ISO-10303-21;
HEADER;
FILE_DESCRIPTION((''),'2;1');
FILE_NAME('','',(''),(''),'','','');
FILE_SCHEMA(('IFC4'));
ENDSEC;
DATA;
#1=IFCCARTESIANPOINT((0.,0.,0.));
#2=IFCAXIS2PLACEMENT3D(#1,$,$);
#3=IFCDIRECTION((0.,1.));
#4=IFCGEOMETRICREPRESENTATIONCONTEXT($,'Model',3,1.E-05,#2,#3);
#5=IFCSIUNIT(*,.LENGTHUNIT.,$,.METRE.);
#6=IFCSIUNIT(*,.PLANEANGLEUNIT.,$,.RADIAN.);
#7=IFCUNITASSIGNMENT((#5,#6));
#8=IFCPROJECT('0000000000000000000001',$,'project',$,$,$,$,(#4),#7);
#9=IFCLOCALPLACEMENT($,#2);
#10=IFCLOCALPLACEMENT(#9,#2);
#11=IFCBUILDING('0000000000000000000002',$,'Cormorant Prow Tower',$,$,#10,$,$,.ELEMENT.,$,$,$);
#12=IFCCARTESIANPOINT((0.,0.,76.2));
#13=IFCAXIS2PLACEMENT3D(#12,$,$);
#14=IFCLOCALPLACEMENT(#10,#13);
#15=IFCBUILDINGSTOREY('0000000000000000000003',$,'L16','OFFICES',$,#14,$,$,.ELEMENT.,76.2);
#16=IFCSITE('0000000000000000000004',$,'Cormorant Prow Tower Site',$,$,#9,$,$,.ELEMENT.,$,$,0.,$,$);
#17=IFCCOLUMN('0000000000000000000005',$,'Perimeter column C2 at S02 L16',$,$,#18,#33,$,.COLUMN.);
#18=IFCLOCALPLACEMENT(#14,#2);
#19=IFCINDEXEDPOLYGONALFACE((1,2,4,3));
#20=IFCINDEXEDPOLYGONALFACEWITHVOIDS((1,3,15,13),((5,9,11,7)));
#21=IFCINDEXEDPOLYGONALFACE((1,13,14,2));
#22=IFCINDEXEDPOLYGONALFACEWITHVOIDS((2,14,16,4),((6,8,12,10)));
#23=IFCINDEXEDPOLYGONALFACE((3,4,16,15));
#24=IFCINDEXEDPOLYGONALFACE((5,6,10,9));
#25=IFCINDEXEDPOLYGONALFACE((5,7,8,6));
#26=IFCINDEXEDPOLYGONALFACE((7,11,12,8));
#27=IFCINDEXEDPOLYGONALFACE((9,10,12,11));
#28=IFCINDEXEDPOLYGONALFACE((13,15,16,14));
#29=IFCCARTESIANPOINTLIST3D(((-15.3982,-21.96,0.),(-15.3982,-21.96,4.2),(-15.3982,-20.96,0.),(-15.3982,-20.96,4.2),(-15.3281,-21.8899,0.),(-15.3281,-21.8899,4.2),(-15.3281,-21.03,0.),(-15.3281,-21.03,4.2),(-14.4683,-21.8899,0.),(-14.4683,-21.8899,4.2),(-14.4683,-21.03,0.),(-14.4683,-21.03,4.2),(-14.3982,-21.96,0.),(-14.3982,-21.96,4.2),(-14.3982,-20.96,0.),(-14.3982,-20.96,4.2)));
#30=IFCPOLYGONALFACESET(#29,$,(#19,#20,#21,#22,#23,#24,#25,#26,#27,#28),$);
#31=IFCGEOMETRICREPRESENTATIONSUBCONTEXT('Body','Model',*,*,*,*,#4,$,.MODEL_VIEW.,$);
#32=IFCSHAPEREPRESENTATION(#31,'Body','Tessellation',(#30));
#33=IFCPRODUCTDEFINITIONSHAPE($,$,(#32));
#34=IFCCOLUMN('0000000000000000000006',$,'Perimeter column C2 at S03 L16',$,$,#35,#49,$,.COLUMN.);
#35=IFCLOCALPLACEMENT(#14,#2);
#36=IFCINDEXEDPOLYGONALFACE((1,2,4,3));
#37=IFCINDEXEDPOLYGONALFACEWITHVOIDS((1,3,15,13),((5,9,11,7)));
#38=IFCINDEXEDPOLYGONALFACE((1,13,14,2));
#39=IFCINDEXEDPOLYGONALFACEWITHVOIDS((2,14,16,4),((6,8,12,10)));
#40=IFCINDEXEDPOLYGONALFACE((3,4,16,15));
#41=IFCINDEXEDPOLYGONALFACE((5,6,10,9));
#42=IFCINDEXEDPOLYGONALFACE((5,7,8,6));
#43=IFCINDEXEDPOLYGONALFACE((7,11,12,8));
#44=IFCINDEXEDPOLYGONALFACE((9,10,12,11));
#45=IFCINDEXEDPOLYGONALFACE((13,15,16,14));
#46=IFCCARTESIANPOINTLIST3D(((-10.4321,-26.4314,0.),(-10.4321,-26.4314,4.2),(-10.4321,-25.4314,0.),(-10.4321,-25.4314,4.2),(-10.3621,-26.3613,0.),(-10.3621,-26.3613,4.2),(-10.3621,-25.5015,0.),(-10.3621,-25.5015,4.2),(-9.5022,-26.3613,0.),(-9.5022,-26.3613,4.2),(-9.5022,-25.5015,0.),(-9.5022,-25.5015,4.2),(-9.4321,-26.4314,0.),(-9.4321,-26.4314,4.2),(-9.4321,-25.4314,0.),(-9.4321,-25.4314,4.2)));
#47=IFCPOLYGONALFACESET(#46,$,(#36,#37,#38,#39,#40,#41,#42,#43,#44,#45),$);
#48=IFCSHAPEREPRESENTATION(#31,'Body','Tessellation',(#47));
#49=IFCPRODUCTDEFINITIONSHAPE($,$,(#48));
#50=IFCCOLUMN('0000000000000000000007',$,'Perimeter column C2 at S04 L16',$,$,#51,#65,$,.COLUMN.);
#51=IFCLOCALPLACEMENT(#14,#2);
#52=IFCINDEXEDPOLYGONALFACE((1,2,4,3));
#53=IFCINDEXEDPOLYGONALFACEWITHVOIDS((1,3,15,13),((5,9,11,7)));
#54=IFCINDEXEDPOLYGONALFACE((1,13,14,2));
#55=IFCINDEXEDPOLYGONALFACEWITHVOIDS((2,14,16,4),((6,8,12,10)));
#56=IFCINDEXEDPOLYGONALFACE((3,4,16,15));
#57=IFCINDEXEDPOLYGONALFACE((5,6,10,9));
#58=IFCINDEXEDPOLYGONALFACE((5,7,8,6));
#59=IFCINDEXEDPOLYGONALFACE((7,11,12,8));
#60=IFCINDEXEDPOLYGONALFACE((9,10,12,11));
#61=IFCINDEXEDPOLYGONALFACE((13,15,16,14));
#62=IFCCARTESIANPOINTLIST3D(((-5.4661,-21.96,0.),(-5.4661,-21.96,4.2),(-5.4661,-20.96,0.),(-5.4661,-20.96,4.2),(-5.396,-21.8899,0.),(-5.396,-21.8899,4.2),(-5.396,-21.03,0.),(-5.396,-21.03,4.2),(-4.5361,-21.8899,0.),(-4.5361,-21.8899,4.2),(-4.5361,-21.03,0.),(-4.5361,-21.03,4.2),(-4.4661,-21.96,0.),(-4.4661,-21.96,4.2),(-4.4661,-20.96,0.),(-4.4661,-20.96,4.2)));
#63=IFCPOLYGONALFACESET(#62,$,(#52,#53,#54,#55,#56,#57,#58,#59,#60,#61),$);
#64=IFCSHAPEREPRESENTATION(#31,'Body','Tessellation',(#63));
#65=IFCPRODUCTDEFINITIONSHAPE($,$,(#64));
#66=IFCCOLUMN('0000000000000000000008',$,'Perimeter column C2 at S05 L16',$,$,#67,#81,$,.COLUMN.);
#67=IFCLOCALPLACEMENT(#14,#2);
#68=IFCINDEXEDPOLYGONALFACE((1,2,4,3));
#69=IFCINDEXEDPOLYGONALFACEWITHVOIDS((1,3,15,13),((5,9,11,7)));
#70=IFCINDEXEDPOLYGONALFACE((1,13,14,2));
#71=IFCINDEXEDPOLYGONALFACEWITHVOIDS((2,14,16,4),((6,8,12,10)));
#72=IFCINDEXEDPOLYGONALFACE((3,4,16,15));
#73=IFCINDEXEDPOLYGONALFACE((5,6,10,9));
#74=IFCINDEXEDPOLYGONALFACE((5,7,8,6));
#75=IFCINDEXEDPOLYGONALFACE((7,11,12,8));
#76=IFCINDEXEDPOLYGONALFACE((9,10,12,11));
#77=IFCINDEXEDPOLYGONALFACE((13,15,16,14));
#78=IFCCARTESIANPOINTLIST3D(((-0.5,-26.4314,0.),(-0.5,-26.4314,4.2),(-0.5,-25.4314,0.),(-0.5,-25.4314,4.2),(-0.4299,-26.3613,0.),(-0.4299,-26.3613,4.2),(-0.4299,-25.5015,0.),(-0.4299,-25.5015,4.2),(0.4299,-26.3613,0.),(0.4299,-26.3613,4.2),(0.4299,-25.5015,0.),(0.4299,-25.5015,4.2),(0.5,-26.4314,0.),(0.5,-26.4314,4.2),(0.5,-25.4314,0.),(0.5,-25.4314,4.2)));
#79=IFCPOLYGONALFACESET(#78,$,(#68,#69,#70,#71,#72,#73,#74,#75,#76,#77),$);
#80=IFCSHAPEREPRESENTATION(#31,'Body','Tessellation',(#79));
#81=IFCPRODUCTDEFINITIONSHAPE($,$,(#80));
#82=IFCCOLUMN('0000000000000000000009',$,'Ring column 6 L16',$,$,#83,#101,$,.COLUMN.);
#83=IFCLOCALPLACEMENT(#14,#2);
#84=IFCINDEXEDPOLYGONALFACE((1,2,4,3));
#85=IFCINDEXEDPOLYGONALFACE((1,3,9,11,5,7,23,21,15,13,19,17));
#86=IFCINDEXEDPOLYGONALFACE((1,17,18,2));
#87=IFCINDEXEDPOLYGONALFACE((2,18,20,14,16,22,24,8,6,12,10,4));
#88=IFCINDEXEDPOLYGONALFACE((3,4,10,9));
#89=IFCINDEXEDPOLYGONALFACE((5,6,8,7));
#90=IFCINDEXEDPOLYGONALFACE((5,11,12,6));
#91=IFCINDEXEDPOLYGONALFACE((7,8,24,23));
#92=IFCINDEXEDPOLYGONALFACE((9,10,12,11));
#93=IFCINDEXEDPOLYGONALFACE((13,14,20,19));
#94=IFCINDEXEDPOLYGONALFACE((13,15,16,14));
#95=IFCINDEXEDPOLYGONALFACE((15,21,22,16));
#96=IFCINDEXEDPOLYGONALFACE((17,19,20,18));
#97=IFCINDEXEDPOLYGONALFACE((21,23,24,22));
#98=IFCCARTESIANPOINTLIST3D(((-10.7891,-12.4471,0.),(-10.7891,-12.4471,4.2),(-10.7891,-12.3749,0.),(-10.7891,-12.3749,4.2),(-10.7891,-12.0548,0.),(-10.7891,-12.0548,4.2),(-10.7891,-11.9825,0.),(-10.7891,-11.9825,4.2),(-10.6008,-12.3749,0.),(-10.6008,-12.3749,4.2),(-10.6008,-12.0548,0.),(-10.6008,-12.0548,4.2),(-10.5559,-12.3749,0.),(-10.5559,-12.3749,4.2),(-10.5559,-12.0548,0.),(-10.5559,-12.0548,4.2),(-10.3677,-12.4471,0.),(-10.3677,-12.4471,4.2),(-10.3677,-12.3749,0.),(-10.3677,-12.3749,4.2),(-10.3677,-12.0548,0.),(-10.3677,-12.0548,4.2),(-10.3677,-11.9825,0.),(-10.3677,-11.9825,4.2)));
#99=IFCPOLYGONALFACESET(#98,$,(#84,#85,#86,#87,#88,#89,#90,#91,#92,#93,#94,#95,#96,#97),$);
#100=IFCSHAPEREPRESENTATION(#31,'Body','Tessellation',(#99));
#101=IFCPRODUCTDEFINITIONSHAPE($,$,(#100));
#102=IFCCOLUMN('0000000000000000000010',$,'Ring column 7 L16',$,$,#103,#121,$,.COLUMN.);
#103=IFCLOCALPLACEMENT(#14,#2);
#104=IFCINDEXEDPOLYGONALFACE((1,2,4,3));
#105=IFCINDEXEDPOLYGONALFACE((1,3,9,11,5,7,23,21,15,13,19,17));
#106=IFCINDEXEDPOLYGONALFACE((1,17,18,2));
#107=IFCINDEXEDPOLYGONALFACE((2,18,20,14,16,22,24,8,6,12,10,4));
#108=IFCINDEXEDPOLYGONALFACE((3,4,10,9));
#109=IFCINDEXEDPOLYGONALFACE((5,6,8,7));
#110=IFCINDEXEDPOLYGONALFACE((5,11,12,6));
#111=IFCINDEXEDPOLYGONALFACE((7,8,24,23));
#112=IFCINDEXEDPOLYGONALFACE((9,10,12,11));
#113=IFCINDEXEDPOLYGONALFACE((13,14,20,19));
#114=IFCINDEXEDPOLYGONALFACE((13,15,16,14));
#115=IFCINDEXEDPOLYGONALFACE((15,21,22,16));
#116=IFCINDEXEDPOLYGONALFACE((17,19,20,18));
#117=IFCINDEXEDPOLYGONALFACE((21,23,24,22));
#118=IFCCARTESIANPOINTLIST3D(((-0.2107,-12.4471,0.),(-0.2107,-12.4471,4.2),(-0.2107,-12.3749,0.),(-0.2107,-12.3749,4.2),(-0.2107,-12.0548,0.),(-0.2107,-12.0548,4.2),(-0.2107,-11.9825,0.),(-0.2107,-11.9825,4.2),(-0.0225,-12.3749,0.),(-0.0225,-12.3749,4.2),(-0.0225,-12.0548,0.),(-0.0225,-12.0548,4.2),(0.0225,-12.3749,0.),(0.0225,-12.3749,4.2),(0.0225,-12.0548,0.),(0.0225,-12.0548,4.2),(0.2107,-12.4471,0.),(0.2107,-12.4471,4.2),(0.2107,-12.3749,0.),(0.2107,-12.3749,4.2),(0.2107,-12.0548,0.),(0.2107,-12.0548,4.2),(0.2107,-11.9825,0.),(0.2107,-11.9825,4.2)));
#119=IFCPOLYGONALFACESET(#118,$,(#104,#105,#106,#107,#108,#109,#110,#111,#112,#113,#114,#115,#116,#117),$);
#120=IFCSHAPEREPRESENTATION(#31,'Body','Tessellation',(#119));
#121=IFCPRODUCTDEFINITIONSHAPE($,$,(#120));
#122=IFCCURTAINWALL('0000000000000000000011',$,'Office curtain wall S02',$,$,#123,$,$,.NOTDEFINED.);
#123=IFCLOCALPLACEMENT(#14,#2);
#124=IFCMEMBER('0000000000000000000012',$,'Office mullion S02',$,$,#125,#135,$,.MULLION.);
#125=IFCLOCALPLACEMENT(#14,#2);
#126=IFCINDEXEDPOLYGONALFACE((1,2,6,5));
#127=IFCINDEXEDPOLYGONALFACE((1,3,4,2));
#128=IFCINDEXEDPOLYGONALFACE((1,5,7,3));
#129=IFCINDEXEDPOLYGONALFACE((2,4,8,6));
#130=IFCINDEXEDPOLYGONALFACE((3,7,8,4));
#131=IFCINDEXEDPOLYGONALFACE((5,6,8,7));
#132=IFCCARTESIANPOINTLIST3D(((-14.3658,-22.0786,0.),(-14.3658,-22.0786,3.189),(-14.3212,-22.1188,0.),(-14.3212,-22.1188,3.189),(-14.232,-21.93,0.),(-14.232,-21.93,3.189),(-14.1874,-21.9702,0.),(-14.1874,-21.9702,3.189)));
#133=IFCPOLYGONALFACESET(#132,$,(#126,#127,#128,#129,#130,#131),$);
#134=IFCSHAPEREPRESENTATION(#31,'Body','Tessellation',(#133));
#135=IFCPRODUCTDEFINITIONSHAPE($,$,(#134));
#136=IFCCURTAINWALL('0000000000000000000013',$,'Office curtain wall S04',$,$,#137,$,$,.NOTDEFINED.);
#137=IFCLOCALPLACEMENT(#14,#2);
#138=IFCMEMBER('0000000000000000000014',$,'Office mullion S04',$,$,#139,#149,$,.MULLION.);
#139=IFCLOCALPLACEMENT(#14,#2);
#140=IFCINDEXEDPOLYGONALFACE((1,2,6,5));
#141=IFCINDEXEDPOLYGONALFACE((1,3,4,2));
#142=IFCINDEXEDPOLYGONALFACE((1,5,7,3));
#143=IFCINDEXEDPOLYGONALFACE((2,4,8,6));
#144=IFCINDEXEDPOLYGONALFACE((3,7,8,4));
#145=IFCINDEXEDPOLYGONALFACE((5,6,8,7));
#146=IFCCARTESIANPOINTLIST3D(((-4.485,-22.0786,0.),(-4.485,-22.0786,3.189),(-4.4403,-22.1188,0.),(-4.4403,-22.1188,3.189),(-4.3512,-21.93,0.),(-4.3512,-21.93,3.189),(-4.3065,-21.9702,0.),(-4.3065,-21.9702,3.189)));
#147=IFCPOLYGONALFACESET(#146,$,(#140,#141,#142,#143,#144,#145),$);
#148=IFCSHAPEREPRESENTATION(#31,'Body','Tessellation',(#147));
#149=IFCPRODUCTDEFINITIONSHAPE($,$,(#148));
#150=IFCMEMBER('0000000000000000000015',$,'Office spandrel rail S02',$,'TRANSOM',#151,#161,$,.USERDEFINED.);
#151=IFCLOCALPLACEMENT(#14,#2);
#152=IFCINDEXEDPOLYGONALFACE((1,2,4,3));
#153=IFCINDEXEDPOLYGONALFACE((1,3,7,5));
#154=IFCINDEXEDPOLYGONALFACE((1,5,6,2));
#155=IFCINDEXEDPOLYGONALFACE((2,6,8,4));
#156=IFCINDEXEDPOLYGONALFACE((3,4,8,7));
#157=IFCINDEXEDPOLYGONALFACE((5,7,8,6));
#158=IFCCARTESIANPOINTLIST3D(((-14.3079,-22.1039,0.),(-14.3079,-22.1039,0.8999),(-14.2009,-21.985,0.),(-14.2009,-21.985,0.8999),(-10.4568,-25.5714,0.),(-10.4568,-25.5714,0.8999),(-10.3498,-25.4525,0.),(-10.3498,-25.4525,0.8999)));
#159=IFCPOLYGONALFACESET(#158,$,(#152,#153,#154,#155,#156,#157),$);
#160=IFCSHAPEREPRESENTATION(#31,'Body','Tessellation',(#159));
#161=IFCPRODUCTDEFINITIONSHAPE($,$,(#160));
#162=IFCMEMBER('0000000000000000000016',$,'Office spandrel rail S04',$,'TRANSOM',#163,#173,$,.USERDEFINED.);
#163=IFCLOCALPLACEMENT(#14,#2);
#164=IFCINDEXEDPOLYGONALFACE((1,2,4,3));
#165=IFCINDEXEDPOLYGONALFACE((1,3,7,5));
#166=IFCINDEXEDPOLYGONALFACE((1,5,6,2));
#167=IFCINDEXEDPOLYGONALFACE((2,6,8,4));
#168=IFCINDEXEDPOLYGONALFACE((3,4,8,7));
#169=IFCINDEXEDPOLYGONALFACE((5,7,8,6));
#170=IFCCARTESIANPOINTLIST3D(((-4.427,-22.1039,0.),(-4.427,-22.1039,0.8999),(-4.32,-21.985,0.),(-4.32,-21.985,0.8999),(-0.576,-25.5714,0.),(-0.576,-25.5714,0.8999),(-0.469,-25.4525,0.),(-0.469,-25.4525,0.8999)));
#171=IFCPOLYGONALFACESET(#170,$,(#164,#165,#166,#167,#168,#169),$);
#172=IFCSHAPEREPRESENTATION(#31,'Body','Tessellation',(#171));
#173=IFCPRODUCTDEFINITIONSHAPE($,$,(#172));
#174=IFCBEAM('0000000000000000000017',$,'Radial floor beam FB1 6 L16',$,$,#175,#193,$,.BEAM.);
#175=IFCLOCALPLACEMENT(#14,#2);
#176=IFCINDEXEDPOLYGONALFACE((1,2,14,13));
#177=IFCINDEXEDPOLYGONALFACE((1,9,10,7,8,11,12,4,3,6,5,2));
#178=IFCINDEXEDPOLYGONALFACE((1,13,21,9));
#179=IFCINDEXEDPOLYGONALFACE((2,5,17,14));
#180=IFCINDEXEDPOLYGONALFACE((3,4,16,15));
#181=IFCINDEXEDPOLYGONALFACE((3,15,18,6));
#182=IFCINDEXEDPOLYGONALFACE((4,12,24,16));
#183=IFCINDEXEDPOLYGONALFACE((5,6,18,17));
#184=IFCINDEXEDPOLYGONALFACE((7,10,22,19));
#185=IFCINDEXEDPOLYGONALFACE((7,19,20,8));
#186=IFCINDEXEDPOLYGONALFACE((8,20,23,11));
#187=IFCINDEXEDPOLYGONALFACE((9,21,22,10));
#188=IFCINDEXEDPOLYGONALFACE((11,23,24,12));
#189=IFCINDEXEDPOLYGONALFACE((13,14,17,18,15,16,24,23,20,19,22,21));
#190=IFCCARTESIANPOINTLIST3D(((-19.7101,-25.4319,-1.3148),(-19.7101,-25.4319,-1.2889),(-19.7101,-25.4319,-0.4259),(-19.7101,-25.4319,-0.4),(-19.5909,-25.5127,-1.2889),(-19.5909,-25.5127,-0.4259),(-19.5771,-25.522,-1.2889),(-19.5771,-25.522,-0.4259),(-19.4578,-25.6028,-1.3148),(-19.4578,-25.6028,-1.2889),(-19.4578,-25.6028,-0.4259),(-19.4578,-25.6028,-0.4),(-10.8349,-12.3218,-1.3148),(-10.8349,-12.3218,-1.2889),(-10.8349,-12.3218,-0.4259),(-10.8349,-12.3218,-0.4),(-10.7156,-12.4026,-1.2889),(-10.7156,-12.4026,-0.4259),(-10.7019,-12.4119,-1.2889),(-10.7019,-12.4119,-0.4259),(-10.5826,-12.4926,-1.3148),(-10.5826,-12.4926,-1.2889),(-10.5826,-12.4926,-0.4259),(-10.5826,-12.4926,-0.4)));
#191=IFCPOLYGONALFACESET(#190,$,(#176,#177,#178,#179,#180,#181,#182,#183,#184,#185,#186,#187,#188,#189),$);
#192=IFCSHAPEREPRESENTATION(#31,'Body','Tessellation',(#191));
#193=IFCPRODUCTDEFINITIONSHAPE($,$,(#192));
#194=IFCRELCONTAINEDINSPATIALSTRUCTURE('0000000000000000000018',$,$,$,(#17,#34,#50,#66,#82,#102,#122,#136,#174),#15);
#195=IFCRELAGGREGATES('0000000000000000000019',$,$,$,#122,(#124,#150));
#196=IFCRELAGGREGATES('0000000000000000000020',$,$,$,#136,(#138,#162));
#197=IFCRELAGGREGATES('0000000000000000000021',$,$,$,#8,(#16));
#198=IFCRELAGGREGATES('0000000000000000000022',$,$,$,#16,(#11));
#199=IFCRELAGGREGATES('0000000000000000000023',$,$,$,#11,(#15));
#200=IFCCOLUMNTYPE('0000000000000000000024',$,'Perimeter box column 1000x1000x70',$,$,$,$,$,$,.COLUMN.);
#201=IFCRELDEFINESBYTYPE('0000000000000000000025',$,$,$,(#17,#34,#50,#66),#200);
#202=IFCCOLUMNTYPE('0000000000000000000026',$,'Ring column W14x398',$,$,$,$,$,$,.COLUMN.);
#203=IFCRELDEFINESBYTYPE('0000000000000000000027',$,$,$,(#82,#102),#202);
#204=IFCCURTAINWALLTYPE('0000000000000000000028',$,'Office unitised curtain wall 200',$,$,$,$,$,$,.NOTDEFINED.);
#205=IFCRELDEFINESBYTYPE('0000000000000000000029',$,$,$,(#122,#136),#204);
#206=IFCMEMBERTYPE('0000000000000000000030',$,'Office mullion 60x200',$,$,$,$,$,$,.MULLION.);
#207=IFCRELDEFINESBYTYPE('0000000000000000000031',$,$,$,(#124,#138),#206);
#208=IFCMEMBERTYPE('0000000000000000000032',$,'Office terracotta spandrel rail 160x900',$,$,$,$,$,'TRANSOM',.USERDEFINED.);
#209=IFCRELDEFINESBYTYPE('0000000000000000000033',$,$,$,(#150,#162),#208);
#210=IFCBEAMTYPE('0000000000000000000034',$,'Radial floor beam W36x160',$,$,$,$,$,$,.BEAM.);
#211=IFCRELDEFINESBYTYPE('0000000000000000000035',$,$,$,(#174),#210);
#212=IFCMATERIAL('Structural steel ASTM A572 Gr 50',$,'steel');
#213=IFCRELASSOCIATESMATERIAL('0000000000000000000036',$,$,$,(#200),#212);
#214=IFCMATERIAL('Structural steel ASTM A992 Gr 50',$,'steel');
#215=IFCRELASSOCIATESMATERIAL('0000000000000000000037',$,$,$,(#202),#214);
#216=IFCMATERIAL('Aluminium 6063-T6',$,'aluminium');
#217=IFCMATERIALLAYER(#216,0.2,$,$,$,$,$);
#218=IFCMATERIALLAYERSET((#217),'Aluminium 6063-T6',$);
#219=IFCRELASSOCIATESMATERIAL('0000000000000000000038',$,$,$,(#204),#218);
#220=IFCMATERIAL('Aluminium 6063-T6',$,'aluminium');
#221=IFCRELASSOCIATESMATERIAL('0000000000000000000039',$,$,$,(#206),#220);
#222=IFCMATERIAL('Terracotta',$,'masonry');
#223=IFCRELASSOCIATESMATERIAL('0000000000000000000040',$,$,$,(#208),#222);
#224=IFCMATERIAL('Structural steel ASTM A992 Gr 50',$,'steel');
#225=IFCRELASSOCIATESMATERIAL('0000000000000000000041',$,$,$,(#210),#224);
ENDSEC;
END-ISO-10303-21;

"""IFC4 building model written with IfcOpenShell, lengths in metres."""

from ifc_helpers import new_model, si_unit, direction, frame, origin, origin_2d, place, context, subcontext, project, spatial, rectangle, hollow_rectangle, i_section, extrude, material, layer, layer_set, material_profile, profile_set, type_object, element, aggregate, save


model = new_model("IFC4")

# Units and contexts
model_context = context("Model", 3, precision=1e-05, world=origin(), true_north=direction((0.0, 1.0)))
body_context = subcontext(model_context, "Body", "Model", "MODEL_VIEW")
ifc_project = project(units=[si_unit("LENGTHUNIT", "METRE"), si_unit("PLANEANGLEUNIT", "RADIAN")], contexts=[model_context])

# Site, building, storey
site_placement = place(None, origin())
site = spatial("IfcSite", under=ifc_project, at=site_placement, Name="Cormorant Prow Tower Site", CompositionType="ELEMENT", RefElevation=0.0)
building_placement = place(site_placement, origin())
building = spatial("IfcBuilding", under=site, at=building_placement, Name="Cormorant Prow Tower", CompositionType="ELEMENT")
storey_placement = place(building_placement, frame((0.0, 0.0, 76.2)))
storey = spatial("IfcBuildingStorey", under=building, at=storey_placement, Name="L16", Description="OFFICES", CompositionType="ELEMENT", Elevation=76.2)

# Columns
ifc_material_1 = material(Name="Structural steel ASTM A572 Gr 50", Category="steel")
ifc_material_profile_1 = material_profile(ifc_material_1, hollow_rectangle(XDim=1.0, YDim=1.0, WallThickness=0.0701, at=origin_2d()), Name="Box 1000x1000x70")
ifc_profile_set_1 = profile_set([ifc_material_profile_1], Name="Structural steel ASTM A572 Gr 50")
column_type_1 = type_object("IfcColumnType", Name="Perimeter box column 1000x1000x70", PredefinedType="COLUMN", material=ifc_profile_set_1)
for number, where, z_axis, x_axis, name in (
    (1, (-14.8982, -21.46, 0.0), (0.0, 0.0, 1.0), (1.0, 0.0, 0.0), "Perimeter column C2 at S02 L16"),
    (2, (-9.9321, -25.9314, 0.0), (0.0, 0.0, 1.0), (1.0, 0.0, 0.0), "Perimeter column C2 at S03 L16"),
    (3, (-4.9661, -21.46, 0.0), (0.0, 0.0, 1.0), (1.0, 0.0, 0.0), "Perimeter column C2 at S04 L16"),
    (4, (0.0, -25.9314, 0.0), (0.0, 0.0, 1.0), (1.0, 0.0, 0.0), "Perimeter column C2 at S05 L16"),
):
    element("IfcColumn", number, at=place(storey_placement, frame(where, z_axis=z_axis, x_axis=x_axis)), inside=storey, type_object=column_type_1, Name=name, PredefinedType="COLUMN", context=body_context, shape_type="SweptSolid", body=[
        extrude(hollow_rectangle(XDim=1.0, YDim=1.0, WallThickness=0.0701, at=origin_2d()), origin(), (0.0, 0.0, 1.0), 4.2),
    ])
ifc_material_2 = material(Name="Structural steel ASTM A992 Gr 50", Category="steel")
ifc_material_profile_2 = material_profile(ifc_material_2, i_section(OverallWidth=0.4214, OverallDepth=0.4646, WebThickness=0.0449, FlangeThickness=0.0723, at=origin_2d()), Name="W14x398")
ifc_profile_set_2 = profile_set([ifc_material_profile_2], Name="Structural steel ASTM A992 Gr 50")
column_type_2 = type_object("IfcColumnType", Name="Ring column W14x398", PredefinedType="COLUMN", material=ifc_profile_set_2)
for number, where, z_axis, x_axis, name in (
    (5, (-10.5784, -12.2148, 0.0), (0.0, 0.0, 1.0), (1.0, 0.0, 0.0), "Ring column 6 L16"),
    (6, (0.0, -12.2148, 0.0), (0.0, 0.0, 1.0), (1.0, 0.0, 0.0), "Ring column 7 L16"),
):
    element("IfcColumn", number, at=place(storey_placement, frame(where, z_axis=z_axis, x_axis=x_axis)), inside=storey, type_object=column_type_2, Name=name, PredefinedType="COLUMN", context=body_context, shape_type="SweptSolid", body=[
        extrude(i_section(OverallWidth=0.4214, OverallDepth=0.4646, WebThickness=0.0449, FlangeThickness=0.0723, at=origin_2d()), origin(), (0.0, 0.0, 1.0), 4.2),
    ])

# Curtain walls, members
ifc_material_3 = material(Name="Aluminium 6063-T6", Category="aluminium")
ifc_layer_1 = layer(ifc_material_3, 0.2)
ifc_layer_set_1 = layer_set([ifc_layer_1], Name="Aluminium 6063-T6")
curtain_wall_type = type_object("IfcCurtainWallType", Name="Office unitised curtain wall 200", PredefinedType="NOTDEFINED", material=ifc_layer_set_1)
curtain_wall_1_placement = place(storey_placement, origin())
curtain_wall_1 = element("IfcCurtainWall", 7, at=curtain_wall_1_placement, inside=storey, type_object=curtain_wall_type, Name="Office curtain wall S02", PredefinedType="NOTDEFINED")
ifc_material_4 = material(Name="Aluminium 6063-T6", Category="aluminium")
ifc_material_profile_3 = material_profile(ifc_material_4, rectangle(XDim=0.2, YDim=0.0601, at=origin_2d()), Name="Office mullion 60x200")
ifc_profile_set_3 = profile_set([ifc_material_profile_3], Name="Aluminium 6063-T6")
member_type_1 = type_object("IfcMemberType", Name="Office mullion 60x200", PredefinedType="MULLION", material=ifc_profile_set_3)
member_1_placement = place(storey_placement, frame((-14.2766, -22.0244, 0.0), z_axis=(0.0, 0.0, 1.0), x_axis=(0.669131, 0.743145, 0.0)))
member_1 = element("IfcMember", 8, at=member_1_placement, type_object=member_type_1, Name="Office mullion S02", PredefinedType="MULLION", context=body_context, shape_type="SweptSolid", body=[
    extrude(rectangle(XDim=0.2, YDim=0.0601, at=origin_2d()), origin(), (0.0, 0.0, 1.0), 3.189),
])
curtain_wall_2_placement = place(storey_placement, origin())
curtain_wall_2 = element("IfcCurtainWall", 9, at=curtain_wall_2_placement, inside=storey, type_object=curtain_wall_type, Name="Office curtain wall S04", PredefinedType="NOTDEFINED")
member_2_placement = place(storey_placement, frame((-4.3958, -22.0244, 0.0), z_axis=(0.0, 0.0, 1.0), x_axis=(0.669131, 0.743145, 0.0)))
member_2 = element("IfcMember", 10, at=member_2_placement, type_object=member_type_1, Name="Office mullion S04", PredefinedType="MULLION", context=body_context, shape_type="SweptSolid", body=[
    extrude(rectangle(XDim=0.2, YDim=0.0601, at=origin_2d()), origin(), (0.0, 0.0, 1.0), 3.189),
])

# Members
ifc_material_5 = material(Name="Terracotta", Category="masonry")
ifc_material_profile_4 = material_profile(ifc_material_5, rectangle(XDim=0.1599, YDim=0.8999, at=origin_2d()), Name="Office terracotta spandrel rail 160x900")
ifc_profile_set_4 = profile_set([ifc_material_profile_4], Name="Terracotta")
member_type_2 = type_object("IfcMemberType", Name="Office terracotta spandrel rail 160x900", ElementType="TRANSOM", PredefinedType="USERDEFINED", material=ifc_profile_set_4)
member_3_placement = place(storey_placement, frame((-14.2544, -22.0444, 0.45), z_axis=(0.743144, -0.669131, 0.0), x_axis=(0.669131, 0.743144, 0.0)))
member_3 = element("IfcMember", 11, at=member_3_placement, type_object=member_type_2, Name="Office spandrel rail S02", ObjectType="TRANSOM", PredefinedType="USERDEFINED", context=body_context, shape_type="SweptSolid", body=[
    extrude(rectangle(XDim=0.1599, YDim=0.8999, at=origin_2d()), origin(), (0.0, 0.0, 1.0), 5.1821),
])
member_4_placement = place(storey_placement, frame((-4.3735, -22.0444, 0.45), z_axis=(0.743144, -0.669131, 0.0), x_axis=(0.669131, 0.743144, 0.0)))
member_4 = element("IfcMember", 12, at=member_4_placement, type_object=member_type_2, Name="Office spandrel rail S04", ObjectType="TRANSOM", PredefinedType="USERDEFINED", context=body_context, shape_type="SweptSolid", body=[
    extrude(rectangle(XDim=0.1599, YDim=0.8999, at=origin_2d()), origin(), (0.0, 0.0, 1.0), 5.1821),
])

# Beam
ifc_material_6 = material(Name="Structural steel ASTM A992 Gr 50", Category="steel")
ifc_material_profile_5 = material_profile(ifc_material_6, i_section(OverallWidth=0.3047, OverallDepth=0.9148, WebThickness=0.0166, FlangeThickness=0.0259, at=origin_2d()), Name="W36x160")
ifc_profile_set_5 = profile_set([ifc_material_profile_5], Name="Structural steel ASTM A992 Gr 50")
beam_type_1 = type_object("IfcBeamType", Name="Radial floor beam W36x160", PredefinedType="BEAM", material=ifc_profile_set_5)
beam_1_placement = place(storey_placement, frame((-10.7087, -12.4072, -0.8574), z_axis=(-0.560597, -0.828089, 0.0), x_axis=(0.828089, -0.560597, 0.0)))
element("IfcBeam", 13, at=beam_1_placement, inside=storey, type_object=beam_type_1, Name="Radial floor beam FB1 6 L16", PredefinedType="BEAM", context=body_context, shape_type="SweptSolid", body=[
    extrude(i_section(OverallWidth=0.3047, OverallDepth=0.9148, WebThickness=0.0166, FlangeThickness=0.0259, at=origin_2d()), origin(), (0.0, 0.0, 1.0), 15.8318),
])

aggregate(curtain_wall_1, [member_1, member_3])
aggregate(curtain_wall_2, [member_2, member_4])

save(model, "model.ifc")
